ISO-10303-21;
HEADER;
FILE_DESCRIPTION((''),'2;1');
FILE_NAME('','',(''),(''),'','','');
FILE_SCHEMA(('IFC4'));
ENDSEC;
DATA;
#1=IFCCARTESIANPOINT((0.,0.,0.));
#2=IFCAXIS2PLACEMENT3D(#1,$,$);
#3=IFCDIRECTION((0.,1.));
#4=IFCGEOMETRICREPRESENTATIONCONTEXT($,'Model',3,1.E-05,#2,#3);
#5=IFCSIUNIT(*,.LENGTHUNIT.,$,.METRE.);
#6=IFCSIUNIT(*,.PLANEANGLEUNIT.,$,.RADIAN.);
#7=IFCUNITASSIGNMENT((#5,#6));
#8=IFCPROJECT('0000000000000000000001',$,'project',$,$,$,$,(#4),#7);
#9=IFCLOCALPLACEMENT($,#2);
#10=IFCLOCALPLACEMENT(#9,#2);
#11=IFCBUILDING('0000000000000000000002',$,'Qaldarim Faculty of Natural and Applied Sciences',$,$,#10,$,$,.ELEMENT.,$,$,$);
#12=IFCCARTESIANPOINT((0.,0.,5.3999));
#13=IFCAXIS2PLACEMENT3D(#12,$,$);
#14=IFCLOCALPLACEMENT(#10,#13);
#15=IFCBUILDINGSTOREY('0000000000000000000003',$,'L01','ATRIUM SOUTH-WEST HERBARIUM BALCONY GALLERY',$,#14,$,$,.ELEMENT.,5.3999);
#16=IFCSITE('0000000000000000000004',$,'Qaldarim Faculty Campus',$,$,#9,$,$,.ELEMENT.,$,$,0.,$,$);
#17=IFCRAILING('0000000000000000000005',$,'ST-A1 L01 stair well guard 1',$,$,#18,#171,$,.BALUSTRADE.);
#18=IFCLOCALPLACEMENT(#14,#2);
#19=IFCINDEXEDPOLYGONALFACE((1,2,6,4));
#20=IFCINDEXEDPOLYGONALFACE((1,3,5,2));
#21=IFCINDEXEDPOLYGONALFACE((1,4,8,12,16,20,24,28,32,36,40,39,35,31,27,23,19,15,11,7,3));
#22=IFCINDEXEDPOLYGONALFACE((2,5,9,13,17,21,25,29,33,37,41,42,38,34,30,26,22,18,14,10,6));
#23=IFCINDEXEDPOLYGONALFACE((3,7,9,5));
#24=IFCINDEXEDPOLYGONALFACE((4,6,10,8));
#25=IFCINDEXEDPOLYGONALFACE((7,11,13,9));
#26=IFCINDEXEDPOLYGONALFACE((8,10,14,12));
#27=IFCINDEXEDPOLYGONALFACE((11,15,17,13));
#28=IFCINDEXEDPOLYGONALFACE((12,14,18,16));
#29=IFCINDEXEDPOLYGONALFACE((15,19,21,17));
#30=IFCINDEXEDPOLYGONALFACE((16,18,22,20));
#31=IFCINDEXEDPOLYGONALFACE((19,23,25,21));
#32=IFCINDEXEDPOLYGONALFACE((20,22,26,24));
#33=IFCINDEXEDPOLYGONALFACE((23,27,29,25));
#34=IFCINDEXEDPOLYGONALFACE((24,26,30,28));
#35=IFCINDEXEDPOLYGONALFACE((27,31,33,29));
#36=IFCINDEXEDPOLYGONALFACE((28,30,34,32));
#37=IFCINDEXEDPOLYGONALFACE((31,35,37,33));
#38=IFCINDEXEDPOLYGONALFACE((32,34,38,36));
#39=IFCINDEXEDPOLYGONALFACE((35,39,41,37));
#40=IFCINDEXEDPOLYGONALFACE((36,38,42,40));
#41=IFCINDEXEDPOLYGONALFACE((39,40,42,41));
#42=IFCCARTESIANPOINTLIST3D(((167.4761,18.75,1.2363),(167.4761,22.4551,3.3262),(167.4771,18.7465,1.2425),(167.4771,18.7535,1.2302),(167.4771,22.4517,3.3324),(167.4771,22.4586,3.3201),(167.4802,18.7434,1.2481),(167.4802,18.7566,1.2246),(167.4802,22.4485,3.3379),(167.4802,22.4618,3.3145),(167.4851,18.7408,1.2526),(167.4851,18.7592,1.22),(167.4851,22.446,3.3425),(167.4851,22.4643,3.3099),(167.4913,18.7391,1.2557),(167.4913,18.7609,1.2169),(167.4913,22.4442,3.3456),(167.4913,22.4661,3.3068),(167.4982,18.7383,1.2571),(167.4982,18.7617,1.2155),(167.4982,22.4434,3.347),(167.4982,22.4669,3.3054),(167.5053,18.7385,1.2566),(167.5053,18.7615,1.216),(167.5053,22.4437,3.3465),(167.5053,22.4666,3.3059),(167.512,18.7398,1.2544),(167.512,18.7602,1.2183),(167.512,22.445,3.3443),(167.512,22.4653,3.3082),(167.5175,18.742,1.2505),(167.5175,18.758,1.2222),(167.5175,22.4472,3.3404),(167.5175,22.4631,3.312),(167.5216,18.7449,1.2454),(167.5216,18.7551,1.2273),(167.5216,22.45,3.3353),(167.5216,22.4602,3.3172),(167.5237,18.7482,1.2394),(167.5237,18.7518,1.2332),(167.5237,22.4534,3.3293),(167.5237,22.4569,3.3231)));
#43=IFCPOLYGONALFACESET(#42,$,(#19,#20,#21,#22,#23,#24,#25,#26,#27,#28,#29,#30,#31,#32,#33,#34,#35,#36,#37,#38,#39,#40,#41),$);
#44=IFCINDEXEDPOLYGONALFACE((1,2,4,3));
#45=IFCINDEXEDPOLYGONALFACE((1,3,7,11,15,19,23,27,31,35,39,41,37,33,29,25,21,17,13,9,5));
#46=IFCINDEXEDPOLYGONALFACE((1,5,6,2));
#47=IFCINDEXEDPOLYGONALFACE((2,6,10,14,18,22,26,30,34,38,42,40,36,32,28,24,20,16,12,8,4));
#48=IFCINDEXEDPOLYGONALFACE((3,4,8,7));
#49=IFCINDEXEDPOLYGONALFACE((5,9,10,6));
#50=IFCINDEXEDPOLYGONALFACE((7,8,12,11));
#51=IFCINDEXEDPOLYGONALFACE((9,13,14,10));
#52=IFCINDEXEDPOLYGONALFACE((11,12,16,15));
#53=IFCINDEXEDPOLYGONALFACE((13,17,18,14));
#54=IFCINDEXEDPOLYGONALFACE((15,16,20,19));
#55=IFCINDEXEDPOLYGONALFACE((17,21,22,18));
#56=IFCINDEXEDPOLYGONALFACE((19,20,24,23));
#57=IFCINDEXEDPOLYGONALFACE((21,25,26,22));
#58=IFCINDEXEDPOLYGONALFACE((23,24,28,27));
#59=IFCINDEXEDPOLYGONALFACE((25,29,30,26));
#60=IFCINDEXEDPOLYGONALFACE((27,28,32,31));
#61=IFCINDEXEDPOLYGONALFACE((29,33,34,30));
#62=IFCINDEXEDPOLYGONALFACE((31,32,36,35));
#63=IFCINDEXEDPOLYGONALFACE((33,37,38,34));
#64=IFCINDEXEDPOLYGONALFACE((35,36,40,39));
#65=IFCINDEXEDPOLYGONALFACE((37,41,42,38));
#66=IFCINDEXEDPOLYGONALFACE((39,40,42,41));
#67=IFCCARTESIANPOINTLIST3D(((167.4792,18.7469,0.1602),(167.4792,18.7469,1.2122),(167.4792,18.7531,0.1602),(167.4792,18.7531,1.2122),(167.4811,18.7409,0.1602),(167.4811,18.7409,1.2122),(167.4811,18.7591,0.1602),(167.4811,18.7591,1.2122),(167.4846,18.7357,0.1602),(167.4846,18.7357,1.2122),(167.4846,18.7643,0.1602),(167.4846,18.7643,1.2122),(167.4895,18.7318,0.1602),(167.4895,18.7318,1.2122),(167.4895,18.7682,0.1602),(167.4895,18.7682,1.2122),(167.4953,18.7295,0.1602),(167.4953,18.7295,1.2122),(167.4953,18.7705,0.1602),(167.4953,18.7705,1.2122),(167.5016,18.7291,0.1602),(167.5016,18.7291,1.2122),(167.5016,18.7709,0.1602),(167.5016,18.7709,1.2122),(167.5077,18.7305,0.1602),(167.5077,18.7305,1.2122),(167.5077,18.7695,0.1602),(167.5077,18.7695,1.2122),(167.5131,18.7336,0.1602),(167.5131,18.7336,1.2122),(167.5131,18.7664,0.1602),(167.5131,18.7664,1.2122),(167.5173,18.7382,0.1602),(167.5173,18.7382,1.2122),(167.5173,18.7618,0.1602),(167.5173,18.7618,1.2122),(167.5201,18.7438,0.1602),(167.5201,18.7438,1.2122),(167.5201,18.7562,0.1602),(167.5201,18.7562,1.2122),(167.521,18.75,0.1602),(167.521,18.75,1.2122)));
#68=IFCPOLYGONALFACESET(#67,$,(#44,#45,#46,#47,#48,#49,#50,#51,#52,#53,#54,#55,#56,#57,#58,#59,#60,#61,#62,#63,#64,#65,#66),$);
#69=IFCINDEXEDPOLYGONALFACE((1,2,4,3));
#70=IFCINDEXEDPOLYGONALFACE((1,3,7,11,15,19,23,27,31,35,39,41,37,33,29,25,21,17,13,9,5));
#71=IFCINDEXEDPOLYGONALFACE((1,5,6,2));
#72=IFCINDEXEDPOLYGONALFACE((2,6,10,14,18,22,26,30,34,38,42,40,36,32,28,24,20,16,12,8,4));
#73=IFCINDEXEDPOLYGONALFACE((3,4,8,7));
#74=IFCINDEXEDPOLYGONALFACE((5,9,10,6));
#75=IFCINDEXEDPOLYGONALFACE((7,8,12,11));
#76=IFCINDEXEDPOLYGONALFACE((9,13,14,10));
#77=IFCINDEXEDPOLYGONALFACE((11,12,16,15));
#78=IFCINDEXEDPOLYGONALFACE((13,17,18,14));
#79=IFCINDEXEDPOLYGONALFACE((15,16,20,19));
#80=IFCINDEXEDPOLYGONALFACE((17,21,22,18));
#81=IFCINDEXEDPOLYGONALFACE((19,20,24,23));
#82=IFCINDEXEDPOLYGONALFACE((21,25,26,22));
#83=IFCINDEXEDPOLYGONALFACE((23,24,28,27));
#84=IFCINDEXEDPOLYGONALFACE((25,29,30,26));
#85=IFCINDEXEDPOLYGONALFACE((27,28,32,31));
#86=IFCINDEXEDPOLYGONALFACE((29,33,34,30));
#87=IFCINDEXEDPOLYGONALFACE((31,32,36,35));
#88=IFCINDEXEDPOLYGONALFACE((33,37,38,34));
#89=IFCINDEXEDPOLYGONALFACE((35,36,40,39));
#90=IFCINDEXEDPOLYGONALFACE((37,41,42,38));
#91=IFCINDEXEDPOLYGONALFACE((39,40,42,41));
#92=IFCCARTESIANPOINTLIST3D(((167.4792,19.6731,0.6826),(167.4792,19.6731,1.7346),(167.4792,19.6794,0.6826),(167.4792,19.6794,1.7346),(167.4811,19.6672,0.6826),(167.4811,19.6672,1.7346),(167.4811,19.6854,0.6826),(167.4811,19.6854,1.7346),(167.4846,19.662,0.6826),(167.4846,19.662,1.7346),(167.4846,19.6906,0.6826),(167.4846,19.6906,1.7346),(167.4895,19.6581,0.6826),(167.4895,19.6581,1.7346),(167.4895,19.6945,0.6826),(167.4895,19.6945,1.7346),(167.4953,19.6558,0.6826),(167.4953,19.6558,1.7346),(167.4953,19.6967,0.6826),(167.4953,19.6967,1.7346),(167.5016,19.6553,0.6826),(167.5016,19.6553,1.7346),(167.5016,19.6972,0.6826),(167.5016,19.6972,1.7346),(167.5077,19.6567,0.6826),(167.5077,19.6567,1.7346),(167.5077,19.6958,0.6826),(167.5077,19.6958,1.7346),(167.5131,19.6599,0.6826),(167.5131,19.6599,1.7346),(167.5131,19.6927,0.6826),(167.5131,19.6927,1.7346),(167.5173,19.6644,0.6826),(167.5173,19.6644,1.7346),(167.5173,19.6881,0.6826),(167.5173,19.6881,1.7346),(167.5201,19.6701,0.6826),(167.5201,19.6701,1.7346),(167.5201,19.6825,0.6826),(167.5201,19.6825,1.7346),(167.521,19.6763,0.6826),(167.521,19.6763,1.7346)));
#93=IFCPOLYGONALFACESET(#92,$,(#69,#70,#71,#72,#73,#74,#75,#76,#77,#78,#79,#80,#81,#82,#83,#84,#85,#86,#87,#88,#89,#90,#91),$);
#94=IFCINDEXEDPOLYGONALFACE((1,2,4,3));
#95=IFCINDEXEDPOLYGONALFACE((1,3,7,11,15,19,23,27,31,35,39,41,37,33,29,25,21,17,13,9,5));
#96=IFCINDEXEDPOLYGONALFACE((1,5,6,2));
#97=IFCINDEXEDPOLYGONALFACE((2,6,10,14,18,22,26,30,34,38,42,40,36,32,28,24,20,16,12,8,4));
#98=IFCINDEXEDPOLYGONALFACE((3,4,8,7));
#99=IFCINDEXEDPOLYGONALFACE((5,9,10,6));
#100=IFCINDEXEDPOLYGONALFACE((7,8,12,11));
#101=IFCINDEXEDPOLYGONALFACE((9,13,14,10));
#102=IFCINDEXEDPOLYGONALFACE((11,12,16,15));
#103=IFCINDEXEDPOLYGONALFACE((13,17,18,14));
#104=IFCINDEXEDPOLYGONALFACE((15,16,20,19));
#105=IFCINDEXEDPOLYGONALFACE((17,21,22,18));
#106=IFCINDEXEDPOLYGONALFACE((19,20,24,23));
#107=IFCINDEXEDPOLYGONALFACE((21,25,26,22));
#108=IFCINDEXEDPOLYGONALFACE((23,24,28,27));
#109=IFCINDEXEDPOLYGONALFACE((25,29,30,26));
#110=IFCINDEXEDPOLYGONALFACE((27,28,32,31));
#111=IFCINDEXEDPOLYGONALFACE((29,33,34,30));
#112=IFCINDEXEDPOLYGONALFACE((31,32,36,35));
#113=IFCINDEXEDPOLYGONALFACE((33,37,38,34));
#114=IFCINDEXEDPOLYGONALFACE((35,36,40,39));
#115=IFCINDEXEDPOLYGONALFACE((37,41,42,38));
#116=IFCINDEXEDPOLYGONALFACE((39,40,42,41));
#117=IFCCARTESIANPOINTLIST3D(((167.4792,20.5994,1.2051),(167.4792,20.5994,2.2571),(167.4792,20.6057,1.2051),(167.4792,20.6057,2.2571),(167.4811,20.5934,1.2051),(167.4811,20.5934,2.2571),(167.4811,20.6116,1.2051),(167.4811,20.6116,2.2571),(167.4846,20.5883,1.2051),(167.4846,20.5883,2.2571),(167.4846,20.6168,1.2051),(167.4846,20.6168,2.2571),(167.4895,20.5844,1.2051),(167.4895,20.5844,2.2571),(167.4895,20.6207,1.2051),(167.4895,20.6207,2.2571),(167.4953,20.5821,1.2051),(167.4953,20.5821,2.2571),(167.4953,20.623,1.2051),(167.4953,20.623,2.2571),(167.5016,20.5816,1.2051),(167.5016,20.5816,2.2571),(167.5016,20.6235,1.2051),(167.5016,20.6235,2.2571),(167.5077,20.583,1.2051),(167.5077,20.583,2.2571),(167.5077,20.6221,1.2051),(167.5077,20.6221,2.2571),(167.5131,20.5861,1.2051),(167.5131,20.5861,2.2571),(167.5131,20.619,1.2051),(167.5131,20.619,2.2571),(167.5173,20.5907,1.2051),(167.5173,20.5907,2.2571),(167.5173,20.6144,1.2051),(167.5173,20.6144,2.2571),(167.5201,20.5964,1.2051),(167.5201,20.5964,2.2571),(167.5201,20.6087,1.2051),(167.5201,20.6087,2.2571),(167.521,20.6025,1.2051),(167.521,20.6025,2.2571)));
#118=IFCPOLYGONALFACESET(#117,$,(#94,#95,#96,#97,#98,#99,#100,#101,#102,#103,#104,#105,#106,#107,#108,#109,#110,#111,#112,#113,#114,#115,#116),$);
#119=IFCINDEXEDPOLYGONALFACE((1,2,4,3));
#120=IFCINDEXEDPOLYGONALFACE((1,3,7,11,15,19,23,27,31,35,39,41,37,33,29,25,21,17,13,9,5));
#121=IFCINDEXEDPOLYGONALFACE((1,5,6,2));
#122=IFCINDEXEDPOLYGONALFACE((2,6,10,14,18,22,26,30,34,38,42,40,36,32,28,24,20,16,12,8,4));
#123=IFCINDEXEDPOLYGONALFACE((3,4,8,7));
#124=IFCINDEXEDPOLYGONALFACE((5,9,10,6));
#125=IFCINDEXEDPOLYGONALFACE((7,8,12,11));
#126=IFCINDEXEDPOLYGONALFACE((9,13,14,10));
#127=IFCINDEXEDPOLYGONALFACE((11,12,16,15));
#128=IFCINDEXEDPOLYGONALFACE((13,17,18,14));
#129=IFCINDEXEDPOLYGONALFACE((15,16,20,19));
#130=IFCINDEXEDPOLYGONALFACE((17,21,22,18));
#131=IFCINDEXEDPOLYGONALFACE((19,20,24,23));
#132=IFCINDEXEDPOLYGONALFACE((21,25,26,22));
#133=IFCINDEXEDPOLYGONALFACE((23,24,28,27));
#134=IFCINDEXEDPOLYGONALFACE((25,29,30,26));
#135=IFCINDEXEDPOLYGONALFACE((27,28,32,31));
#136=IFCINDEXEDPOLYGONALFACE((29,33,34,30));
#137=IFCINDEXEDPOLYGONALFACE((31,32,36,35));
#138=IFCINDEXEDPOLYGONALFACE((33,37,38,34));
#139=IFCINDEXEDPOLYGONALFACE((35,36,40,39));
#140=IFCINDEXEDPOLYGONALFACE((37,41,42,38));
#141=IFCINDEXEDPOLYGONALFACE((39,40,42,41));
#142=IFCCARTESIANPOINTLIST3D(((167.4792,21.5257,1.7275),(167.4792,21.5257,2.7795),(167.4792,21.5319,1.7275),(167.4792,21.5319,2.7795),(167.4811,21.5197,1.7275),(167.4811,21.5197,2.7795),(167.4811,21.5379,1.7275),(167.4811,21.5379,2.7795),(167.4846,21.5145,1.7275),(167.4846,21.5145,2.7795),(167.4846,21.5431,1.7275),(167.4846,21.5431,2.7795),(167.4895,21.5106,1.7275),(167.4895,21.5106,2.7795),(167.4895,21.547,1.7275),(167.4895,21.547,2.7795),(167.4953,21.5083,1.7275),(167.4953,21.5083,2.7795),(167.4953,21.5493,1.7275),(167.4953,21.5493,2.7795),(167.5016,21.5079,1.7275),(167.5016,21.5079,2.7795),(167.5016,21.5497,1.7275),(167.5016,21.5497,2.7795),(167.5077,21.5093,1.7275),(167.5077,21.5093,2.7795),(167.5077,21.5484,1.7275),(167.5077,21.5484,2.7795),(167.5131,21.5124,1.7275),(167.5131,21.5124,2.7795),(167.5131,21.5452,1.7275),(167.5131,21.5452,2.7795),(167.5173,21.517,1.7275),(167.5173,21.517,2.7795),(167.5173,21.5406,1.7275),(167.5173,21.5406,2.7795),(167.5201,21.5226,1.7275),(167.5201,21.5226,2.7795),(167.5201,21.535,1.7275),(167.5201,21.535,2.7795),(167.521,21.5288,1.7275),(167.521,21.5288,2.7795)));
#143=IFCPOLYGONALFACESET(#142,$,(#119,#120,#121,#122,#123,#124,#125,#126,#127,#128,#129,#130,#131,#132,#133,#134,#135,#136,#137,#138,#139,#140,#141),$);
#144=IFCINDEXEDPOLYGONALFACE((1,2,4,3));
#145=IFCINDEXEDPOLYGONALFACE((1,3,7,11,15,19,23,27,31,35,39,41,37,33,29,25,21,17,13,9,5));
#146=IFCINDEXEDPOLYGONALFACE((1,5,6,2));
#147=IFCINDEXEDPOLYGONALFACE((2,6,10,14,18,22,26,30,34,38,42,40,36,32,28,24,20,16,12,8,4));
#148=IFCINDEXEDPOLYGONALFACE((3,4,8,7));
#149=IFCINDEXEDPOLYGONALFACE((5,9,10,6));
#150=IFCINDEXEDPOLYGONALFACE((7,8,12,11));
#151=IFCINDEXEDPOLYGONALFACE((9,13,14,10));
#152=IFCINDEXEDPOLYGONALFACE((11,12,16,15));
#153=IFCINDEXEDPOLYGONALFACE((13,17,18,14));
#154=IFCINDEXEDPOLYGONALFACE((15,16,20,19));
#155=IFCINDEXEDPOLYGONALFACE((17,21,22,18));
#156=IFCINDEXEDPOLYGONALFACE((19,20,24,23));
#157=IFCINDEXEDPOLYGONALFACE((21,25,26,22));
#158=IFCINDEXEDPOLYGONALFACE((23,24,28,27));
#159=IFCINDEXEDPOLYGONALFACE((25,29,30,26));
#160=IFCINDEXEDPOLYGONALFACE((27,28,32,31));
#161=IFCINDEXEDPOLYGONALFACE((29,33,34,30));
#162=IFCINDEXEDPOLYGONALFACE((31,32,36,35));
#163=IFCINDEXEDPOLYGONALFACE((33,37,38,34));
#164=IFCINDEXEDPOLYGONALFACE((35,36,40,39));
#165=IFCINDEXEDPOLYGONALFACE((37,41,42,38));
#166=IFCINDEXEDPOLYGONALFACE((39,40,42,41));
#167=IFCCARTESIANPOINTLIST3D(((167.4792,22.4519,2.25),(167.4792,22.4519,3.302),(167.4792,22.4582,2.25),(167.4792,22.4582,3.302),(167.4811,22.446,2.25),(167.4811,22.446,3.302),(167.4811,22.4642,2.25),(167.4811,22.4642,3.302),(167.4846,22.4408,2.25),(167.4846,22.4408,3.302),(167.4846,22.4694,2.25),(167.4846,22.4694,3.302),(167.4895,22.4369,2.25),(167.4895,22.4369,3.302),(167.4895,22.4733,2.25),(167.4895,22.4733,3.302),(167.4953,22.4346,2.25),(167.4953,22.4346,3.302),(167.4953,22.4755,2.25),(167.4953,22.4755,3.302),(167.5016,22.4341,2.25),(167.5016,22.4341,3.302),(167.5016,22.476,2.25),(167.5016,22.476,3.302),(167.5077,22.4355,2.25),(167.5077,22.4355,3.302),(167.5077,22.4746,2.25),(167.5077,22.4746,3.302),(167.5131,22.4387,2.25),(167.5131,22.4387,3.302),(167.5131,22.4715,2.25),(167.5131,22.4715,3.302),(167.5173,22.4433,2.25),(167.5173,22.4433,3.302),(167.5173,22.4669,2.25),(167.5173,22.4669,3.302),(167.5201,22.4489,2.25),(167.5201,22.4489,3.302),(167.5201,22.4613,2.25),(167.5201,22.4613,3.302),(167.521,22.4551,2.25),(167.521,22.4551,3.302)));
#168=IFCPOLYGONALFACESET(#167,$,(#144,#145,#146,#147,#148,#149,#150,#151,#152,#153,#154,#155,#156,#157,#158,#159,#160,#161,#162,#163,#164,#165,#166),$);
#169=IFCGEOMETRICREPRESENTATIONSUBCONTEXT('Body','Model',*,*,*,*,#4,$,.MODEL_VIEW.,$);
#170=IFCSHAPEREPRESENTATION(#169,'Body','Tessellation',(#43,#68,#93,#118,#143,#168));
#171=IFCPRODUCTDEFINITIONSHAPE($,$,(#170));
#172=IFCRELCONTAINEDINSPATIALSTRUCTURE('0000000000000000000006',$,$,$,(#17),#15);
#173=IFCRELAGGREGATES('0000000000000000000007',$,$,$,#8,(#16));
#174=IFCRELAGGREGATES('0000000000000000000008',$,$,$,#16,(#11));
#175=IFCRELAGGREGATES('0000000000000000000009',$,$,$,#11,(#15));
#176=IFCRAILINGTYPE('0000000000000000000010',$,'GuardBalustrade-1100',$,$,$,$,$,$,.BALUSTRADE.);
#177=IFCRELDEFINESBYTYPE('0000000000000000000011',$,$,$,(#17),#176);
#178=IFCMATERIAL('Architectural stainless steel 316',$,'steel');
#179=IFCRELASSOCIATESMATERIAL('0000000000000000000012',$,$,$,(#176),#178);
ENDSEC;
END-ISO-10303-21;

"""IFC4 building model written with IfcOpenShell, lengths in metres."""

from ifc_helpers import new_model, si_unit, direction, frame, origin, origin_2d, place, context, subcontext, project, spatial, circle, extrude, material, type_object, element, save


model = new_model("IFC4")

# Units and contexts
model_context = context("Model", 3, precision=1e-05, world=origin(), true_north=direction((0.0, 1.0)))
body_context = subcontext(model_context, "Body", "Model", "MODEL_VIEW")
ifc_project = project(units=[si_unit("LENGTHUNIT", "METRE"), si_unit("PLANEANGLEUNIT", "RADIAN")], contexts=[model_context])

# Site, building, storey
site_placement = place(None, origin())
site = spatial("IfcSite", under=ifc_project, at=site_placement, Name="Qaldarim Faculty Campus", CompositionType="ELEMENT", RefElevation=0.0)
building_placement = place(site_placement, origin())
building = spatial("IfcBuilding", under=site, at=building_placement, Name="Qaldarim Faculty of Natural and Applied Sciences", CompositionType="ELEMENT")
storey_placement = place(building_placement, frame((0.0, 0.0, 5.3999)))
storey = spatial("IfcBuildingStorey", under=building, at=storey_placement, Name="L01", Description="ATRIUM SOUTH-WEST HERBARIUM BALCONY GALLERY", CompositionType="ELEMENT", Elevation=5.3999)

# Railing
ifc_material_1 = material(Name="Architectural stainless steel 316", Category="steel")
railing_type_1 = type_object("IfcRailingType", Name="GuardBalustrade-1100", PredefinedType="BALUSTRADE", material=ifc_material_1)
railing_1_placement = place(storey_placement, frame((167.5, 18.75, 0.1602)))
element("IfcRailing", 1, at=railing_1_placement, inside=storey, type_object=railing_type_1, Name="ST-A1 L01 stair well guard 1", PredefinedType="BALUSTRADE", context=body_context, shape_type="SweptSolid", body=[
    extrude(circle(Radius=0.0239, at=origin_2d()), frame((0.0, 0.0, 1.0762), z_axis=(0.0, 0.870999, 0.491285), x_axis=(-1.0, 0.0, 0.0)), (0.0, 0.0, 1.0), 4.2539),
    extrude(circle(Radius=0.021, at=origin_2d()), origin(), (0.0, 0.0, 1.0), 1.052),
    extrude(circle(Radius=0.021, at=origin_2d()), frame((0.0, 0.9263, 0.5225)), (0.0, 0.0, 1.0), 1.052),
    extrude(circle(Radius=0.021, at=origin_2d()), frame((0.0, 1.8525, 1.0449)), (0.0, 0.0, 1.0), 1.052),
    extrude(circle(Radius=0.021, at=origin_2d()), frame((0.0, 2.7788, 1.5674)), (0.0, 0.0, 1.0), 1.052),
    extrude(circle(Radius=0.021, at=origin_2d()), frame((0.0, 3.7051, 2.0898)), (0.0, 0.0, 1.0), 1.052),
])

save(model, "model.ifc")
